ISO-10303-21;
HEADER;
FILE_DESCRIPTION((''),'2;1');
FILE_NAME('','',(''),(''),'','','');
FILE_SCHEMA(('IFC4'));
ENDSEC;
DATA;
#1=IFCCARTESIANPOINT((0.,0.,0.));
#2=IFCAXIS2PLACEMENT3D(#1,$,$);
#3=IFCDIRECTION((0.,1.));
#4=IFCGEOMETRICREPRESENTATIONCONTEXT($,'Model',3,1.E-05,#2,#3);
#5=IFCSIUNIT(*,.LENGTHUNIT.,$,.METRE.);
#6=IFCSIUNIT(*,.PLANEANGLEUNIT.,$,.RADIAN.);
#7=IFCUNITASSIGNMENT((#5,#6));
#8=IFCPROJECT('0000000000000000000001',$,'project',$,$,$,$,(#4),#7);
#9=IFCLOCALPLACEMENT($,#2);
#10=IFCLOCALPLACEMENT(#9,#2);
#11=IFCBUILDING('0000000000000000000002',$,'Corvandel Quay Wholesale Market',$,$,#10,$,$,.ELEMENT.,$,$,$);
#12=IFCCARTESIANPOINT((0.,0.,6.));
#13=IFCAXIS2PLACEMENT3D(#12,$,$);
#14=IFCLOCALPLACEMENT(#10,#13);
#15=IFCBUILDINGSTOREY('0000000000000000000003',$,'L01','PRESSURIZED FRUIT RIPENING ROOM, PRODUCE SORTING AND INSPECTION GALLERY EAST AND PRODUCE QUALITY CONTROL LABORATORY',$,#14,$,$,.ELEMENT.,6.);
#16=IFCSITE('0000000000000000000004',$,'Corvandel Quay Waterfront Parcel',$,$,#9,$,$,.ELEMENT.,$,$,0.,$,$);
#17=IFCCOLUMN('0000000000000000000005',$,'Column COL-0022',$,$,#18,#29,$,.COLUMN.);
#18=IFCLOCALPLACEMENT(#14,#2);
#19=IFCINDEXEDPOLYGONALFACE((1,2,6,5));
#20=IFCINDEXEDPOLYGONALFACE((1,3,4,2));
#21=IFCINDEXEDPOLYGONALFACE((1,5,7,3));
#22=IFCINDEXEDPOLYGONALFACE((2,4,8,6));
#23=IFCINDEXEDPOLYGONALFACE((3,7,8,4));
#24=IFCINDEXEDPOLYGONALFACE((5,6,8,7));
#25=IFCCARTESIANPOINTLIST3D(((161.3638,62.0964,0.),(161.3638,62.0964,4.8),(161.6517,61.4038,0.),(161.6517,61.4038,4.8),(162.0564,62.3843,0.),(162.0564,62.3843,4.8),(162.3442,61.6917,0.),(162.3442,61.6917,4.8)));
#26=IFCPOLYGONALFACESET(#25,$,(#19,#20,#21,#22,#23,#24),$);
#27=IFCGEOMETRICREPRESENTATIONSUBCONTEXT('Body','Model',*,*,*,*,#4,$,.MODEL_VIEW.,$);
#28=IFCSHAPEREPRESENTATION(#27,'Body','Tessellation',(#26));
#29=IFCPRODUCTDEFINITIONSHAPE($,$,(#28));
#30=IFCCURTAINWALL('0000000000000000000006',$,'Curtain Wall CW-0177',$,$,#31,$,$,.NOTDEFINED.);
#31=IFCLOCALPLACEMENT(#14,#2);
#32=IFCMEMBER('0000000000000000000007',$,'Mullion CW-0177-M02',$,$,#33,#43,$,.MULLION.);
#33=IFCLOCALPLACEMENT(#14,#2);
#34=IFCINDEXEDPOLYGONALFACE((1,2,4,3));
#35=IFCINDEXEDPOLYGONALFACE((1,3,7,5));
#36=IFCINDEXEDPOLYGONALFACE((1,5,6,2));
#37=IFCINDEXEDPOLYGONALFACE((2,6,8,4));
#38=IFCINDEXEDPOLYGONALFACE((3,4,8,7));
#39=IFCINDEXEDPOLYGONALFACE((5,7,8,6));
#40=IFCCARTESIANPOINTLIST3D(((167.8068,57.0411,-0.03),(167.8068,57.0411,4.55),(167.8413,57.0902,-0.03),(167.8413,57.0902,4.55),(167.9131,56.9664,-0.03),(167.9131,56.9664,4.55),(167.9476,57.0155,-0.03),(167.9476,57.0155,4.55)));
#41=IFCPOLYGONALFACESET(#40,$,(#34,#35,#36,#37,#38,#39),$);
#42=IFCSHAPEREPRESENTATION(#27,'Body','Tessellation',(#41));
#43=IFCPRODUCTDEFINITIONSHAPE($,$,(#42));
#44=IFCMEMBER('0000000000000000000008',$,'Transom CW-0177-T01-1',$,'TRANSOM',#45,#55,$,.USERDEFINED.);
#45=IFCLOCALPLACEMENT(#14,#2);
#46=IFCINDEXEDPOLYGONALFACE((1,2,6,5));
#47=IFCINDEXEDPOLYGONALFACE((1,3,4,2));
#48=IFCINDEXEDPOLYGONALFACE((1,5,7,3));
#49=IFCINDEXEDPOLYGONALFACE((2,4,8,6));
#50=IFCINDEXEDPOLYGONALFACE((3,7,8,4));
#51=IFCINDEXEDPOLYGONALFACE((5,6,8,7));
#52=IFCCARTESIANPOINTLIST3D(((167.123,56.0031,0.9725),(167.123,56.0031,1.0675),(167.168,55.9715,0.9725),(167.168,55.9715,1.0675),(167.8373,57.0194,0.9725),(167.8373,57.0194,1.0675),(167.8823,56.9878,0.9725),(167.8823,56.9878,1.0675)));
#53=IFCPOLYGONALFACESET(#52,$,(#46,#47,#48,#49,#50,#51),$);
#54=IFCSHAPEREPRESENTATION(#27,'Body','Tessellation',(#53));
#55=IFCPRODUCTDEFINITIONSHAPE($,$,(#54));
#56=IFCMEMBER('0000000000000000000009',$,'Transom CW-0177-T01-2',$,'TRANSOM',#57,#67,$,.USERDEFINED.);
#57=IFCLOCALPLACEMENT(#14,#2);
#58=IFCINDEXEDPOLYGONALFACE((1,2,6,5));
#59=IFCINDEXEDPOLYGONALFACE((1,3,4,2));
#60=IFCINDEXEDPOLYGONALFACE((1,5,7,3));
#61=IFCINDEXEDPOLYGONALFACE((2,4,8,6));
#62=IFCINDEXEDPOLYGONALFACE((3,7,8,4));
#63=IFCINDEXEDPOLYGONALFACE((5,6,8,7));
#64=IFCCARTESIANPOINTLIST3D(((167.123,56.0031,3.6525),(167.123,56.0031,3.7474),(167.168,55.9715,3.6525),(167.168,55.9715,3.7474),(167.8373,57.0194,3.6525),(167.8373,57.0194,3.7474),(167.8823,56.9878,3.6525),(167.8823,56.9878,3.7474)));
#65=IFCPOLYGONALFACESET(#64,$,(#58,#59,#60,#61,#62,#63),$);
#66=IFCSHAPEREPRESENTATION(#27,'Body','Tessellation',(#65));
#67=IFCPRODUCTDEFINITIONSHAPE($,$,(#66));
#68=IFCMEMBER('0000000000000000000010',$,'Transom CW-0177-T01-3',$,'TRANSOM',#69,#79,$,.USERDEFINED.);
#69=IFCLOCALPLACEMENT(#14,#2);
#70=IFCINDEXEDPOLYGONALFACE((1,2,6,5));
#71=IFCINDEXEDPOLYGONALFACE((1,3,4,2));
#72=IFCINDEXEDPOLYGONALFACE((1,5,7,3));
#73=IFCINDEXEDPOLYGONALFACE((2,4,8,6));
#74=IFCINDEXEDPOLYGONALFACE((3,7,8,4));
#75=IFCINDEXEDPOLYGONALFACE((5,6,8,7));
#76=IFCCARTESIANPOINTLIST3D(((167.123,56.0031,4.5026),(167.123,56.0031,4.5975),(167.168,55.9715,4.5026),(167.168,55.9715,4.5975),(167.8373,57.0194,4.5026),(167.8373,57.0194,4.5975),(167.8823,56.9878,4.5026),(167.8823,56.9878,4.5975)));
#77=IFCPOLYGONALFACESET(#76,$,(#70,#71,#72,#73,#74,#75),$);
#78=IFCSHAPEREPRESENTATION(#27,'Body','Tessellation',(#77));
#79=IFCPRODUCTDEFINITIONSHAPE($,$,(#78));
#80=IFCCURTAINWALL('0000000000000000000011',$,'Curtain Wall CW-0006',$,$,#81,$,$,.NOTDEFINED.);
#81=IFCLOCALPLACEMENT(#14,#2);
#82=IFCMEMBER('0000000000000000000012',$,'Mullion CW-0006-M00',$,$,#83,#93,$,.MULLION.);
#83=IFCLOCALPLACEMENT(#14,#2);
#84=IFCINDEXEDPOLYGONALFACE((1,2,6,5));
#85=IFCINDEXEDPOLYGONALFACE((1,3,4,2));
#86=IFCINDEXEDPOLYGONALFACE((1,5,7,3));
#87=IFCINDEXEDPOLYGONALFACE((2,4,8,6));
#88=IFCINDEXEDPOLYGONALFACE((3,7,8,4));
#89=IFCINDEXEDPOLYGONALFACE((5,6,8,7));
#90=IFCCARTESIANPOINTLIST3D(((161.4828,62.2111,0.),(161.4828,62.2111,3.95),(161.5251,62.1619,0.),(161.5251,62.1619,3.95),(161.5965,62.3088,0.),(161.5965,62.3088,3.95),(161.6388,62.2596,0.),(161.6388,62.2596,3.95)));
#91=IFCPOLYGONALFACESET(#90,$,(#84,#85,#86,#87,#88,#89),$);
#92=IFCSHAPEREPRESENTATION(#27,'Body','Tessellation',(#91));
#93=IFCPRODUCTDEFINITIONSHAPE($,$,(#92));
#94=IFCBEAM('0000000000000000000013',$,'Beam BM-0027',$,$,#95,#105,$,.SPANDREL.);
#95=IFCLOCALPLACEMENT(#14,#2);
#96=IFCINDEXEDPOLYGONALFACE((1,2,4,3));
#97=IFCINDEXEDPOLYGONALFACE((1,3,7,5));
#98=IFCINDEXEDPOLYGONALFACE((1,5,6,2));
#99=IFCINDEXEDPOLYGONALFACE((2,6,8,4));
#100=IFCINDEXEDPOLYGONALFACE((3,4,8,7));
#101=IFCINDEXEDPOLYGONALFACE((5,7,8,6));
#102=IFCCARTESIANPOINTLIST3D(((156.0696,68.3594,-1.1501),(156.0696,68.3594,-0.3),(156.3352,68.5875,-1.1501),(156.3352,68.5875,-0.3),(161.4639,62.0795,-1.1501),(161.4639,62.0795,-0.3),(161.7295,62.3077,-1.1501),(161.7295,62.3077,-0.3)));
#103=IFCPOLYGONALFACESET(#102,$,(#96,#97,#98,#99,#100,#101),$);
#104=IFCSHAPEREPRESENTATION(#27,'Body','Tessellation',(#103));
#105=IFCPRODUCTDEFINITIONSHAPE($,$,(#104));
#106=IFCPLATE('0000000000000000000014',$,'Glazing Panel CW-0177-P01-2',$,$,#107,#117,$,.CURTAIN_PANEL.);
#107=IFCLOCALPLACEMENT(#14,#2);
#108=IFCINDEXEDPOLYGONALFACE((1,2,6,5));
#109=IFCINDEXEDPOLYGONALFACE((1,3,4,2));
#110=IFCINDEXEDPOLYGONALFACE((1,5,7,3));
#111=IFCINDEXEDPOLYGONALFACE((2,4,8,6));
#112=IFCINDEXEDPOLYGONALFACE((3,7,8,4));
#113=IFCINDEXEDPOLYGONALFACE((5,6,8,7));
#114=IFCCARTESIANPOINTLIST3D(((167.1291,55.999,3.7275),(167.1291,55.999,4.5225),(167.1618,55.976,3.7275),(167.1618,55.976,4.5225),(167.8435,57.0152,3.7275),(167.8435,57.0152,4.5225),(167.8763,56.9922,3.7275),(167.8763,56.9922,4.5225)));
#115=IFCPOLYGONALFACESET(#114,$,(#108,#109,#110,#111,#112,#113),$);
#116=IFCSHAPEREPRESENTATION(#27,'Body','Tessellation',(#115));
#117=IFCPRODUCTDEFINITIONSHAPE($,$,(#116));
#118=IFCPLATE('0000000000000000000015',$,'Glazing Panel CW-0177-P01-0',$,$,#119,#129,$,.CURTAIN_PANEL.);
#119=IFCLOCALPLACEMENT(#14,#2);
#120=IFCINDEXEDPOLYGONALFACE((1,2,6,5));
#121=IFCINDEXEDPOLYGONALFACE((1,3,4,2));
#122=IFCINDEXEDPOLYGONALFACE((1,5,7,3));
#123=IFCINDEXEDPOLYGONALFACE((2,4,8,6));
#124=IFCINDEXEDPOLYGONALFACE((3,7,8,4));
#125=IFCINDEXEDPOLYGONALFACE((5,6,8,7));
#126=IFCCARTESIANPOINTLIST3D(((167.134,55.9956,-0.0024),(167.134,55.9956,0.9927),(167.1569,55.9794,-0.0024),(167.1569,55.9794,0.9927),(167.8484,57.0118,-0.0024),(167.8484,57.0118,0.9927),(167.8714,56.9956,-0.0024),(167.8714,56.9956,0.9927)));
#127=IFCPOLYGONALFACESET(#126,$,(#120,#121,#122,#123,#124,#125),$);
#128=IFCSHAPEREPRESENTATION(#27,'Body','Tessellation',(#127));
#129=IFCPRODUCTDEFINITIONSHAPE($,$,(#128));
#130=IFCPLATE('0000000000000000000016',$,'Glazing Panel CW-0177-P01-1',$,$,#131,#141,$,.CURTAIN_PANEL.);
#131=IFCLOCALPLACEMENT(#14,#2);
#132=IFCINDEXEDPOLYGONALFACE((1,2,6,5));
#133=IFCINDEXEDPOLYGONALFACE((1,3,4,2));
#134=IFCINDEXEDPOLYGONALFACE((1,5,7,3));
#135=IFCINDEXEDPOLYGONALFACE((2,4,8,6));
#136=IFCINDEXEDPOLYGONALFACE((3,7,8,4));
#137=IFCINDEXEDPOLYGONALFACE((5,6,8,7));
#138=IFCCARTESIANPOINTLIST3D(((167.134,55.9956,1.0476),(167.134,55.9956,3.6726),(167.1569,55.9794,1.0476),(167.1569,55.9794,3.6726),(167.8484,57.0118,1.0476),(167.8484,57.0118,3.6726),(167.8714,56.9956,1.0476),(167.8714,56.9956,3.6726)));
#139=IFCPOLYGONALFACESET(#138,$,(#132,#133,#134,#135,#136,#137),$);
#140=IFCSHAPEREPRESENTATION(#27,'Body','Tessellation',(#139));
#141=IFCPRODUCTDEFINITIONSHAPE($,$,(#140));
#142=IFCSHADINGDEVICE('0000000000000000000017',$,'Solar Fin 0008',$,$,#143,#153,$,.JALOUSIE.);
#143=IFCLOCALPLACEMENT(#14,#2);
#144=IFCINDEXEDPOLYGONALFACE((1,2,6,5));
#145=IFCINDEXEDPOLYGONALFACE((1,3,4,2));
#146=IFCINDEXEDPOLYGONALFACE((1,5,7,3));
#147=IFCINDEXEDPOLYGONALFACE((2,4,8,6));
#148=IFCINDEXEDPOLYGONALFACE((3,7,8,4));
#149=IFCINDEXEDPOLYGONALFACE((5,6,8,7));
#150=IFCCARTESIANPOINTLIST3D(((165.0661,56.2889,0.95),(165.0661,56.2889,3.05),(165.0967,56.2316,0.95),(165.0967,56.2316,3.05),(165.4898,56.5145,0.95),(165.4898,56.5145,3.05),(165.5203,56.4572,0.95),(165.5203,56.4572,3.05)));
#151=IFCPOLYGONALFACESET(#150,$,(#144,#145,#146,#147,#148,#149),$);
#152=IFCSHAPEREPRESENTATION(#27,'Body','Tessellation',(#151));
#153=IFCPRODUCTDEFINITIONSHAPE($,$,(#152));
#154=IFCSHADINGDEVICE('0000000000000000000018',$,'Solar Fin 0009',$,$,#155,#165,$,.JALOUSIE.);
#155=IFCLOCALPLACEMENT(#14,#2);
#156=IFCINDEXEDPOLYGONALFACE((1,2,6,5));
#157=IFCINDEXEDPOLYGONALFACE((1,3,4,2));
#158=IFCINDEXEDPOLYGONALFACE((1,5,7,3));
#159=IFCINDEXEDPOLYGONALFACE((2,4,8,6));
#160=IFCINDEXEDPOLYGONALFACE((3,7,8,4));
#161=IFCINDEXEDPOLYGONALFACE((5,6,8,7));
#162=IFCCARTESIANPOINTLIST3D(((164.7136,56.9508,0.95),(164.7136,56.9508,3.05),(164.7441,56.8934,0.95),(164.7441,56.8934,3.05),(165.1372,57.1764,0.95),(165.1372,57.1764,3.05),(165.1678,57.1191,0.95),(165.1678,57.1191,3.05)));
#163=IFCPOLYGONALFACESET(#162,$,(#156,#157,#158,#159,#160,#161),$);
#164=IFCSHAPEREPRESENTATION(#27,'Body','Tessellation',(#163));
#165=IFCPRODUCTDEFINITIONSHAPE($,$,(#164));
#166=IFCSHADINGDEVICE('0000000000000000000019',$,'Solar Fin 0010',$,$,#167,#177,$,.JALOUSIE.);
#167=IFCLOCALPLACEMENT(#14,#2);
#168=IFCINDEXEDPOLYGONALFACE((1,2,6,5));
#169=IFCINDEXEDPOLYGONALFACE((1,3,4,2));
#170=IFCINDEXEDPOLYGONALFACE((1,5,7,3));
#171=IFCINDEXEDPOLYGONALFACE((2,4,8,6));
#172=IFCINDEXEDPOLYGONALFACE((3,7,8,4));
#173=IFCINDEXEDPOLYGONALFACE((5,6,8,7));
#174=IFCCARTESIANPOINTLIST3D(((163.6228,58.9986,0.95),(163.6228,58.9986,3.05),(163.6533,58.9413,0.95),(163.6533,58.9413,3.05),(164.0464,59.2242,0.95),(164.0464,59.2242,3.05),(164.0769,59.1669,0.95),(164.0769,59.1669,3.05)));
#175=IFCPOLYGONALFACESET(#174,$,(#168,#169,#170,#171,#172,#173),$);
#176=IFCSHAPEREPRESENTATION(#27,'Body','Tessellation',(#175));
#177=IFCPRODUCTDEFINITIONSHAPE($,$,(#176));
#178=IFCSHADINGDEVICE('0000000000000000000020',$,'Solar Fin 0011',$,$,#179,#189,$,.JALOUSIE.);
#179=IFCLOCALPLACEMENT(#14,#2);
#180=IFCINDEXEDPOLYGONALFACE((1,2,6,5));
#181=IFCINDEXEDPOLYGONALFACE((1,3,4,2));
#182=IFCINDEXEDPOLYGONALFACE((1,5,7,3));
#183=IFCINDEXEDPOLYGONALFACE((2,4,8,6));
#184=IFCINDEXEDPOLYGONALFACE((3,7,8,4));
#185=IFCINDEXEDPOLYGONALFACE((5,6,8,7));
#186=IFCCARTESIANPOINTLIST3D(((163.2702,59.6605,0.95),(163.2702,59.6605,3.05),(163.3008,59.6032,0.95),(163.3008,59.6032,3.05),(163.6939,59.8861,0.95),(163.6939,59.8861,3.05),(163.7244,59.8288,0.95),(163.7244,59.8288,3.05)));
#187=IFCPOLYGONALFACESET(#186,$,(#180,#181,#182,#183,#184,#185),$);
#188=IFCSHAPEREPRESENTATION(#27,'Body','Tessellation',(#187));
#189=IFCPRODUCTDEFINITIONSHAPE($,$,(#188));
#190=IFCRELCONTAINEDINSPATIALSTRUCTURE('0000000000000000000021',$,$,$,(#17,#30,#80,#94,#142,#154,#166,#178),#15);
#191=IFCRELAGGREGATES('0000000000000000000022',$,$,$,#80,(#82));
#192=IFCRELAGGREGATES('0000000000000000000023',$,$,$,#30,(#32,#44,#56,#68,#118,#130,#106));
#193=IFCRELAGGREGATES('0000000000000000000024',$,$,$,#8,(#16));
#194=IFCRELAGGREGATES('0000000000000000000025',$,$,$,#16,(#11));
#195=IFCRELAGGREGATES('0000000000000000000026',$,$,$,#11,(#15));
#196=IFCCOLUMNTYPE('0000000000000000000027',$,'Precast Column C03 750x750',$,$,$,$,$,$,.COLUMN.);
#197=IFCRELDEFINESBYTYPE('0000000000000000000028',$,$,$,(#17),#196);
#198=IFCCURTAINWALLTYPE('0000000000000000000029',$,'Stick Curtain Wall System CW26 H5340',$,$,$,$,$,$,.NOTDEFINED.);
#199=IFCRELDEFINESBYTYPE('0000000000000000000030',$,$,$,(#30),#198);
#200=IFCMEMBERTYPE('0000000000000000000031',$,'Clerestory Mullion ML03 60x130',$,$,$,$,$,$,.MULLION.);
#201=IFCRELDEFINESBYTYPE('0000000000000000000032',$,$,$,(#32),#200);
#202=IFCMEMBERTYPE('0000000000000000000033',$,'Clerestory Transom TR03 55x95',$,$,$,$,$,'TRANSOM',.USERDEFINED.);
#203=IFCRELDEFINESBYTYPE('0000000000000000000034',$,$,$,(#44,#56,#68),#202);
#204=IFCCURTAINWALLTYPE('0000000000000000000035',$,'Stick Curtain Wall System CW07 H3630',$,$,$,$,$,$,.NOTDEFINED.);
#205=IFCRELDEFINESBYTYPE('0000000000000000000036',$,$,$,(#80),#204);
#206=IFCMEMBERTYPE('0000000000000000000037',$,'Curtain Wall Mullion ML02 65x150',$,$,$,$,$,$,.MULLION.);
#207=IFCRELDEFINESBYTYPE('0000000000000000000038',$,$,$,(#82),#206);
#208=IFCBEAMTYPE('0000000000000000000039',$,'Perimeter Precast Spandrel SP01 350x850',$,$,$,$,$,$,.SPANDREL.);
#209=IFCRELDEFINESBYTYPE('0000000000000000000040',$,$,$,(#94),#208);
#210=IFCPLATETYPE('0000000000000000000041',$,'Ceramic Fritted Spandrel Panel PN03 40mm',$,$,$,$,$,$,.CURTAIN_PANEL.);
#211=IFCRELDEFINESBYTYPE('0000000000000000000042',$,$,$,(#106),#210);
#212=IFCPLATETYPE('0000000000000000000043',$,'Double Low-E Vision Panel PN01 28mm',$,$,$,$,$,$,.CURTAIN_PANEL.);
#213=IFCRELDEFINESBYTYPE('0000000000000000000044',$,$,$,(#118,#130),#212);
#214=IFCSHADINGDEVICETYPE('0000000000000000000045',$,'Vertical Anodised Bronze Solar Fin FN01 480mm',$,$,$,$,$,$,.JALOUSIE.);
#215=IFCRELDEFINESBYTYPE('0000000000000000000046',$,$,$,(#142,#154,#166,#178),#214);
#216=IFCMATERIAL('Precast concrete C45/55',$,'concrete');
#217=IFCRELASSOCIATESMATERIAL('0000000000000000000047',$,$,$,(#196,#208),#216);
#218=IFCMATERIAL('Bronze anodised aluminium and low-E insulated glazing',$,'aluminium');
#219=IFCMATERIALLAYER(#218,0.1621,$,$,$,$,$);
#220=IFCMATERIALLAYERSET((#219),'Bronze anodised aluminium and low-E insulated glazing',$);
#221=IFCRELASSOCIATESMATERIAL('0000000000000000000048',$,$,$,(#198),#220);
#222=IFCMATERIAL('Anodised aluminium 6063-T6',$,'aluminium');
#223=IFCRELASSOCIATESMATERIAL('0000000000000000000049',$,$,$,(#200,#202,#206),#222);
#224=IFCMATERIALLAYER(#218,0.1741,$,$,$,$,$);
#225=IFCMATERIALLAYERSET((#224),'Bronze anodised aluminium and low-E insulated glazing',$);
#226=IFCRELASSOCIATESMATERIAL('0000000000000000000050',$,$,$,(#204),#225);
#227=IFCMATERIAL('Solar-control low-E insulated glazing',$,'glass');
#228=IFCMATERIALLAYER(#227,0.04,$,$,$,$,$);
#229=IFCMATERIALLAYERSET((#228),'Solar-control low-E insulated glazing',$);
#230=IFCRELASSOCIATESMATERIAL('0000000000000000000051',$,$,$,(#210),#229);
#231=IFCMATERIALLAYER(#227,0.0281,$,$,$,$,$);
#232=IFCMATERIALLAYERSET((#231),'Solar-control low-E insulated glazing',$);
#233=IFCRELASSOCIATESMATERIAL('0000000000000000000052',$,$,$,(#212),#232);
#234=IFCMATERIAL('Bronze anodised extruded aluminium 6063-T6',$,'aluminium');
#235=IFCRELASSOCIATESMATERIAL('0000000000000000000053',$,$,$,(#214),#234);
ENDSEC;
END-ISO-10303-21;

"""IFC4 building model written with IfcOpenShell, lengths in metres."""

from ifc_helpers import new_model, si_unit, direction, frame, origin, origin_2d, place, context, subcontext, project, spatial, rectangle, extrude, material, layer, layer_set, material_profile, profile_set, type_object, element, aggregate, save


model = new_model("IFC4")

# Units and contexts
model_context = context("Model", 3, precision=1e-05, world=origin(), true_north=direction((0.0, 1.0)))
body_context = subcontext(model_context, "Body", "Model", "MODEL_VIEW")
ifc_project = project(units=[si_unit("LENGTHUNIT", "METRE"), si_unit("PLANEANGLEUNIT", "RADIAN")], contexts=[model_context])

# Site, building, storey
site_placement = place(None, origin())
site = spatial("IfcSite", under=ifc_project, at=site_placement, Name="Corvandel Quay Waterfront Parcel", CompositionType="ELEMENT", RefElevation=0.0)
building_placement = place(site_placement, origin())
building = spatial("IfcBuilding", under=site, at=building_placement, Name="Corvandel Quay Wholesale Market", CompositionType="ELEMENT")
storey_placement = place(building_placement, frame((0.0, 0.0, 6.0)))
storey = spatial("IfcBuildingStorey", under=building, at=storey_placement, Name="L01", Description="PRESSURIZED FRUIT RIPENING ROOM, PRODUCE SORTING AND INSPECTION GALLERY EAST AND PRODUCE QUALITY CONTROL LABORATORY", CompositionType="ELEMENT", Elevation=6.0)

# Column
ifc_material_1 = material(Name="Precast concrete C45/55", Category="concrete")
ifc_material_profile_1 = material_profile(ifc_material_1, rectangle(XDim=0.75, YDim=0.75, at=origin_2d()), Name="PC-COL-750x750")
ifc_profile_set_1 = profile_set([ifc_material_profile_1], Name="Precast concrete C45/55")
column_type = type_object("IfcColumnType", Name="Precast Column C03 750x750", PredefinedType="COLUMN", material=ifc_profile_set_1)
column_placement = place(storey_placement, frame((161.854, 61.894, 0.0), z_axis=(0.0, 0.0, 1.0), x_axis=(-0.383812, 0.923411, 0.0)))
element("IfcColumn", 1, at=column_placement, inside=storey, type_object=column_type, Name="Column COL-0022", PredefinedType="COLUMN", context=body_context, shape_type="SweptSolid", body=[
    extrude(rectangle(XDim=0.75, YDim=0.75, at=origin_2d()), origin(), (0.0, 0.0, 1.0), 4.8),
])

# Curtain wall, members
ifc_material_2 = material(Name="Bronze anodised aluminium and low-E insulated glazing", Category="aluminium")
ifc_layer_1 = layer(ifc_material_2, 0.1621)
ifc_layer_set_1 = layer_set([ifc_layer_1], Name="Bronze anodised aluminium and low-E insulated glazing")
curtain_wall_type_1 = type_object("IfcCurtainWallType", Name="Stick Curtain Wall System CW26 H5340", PredefinedType="NOTDEFINED", material=ifc_layer_set_1)
curtain_wall_1_placement = place(storey_placement, origin())
curtain_wall_1 = element("IfcCurtainWall", 2, at=curtain_wall_1_placement, inside=storey, type_object=curtain_wall_type_1, Name="Curtain Wall CW-0177", PredefinedType="NOTDEFINED")
ifc_material_3 = material(Name="Anodised aluminium 6063-T6", Category="aluminium")
ifc_material_profile_2 = material_profile(ifc_material_3, rectangle(XDim=0.0601, YDim=0.1299, at=origin_2d()), Name="ALU-MUL-60x130")
ifc_profile_set_2 = profile_set([ifc_material_profile_2], Name="Anodised aluminium 6063-T6")
member_type_1 = type_object("IfcMemberType", Name="Clerestory Mullion ML03 60x130", PredefinedType="MULLION", material=ifc_profile_set_2)
member_1_placement = place(storey_placement, frame((167.8772, 57.0283, -0.03), z_axis=(0.0, 0.0, 1.0), x_axis=(0.575148, 0.818049, 0.0)))
member_1 = element("IfcMember", 3, at=member_1_placement, type_object=member_type_1, Name="Mullion CW-0177-M02", PredefinedType="MULLION", context=body_context, shape_type="SweptSolid", body=[
    extrude(rectangle(XDim=0.0601, YDim=0.1299, at=origin_2d()), origin(), (0.0, 0.0, 1.0), 4.5801),
])
ifc_material_profile_3 = material_profile(ifc_material_3, rectangle(XDim=0.0549, YDim=0.095, at=origin_2d()), Name="ALU-TRN-55x95")
ifc_profile_set_3 = profile_set([ifc_material_profile_3], Name="Anodised aluminium 6063-T6")
member_type_2 = type_object("IfcMemberType", Name="Clerestory Transom TR03 55x95", ElementType="TRANSOM", PredefinedType="USERDEFINED", material=ifc_profile_set_3)
member_2_placement = place(storey_placement, frame((167.1455, 55.9873, 1.02), z_axis=(0.575031, 0.818132, 0.0), x_axis=(-0.818132, 0.575031, 0.0)))
member_2 = element("IfcMember", 4, at=member_2_placement, type_object=member_type_2, Name="Transom CW-0177-T01-1", ObjectType="TRANSOM", PredefinedType="USERDEFINED", context=body_context, shape_type="SweptSolid", body=[
    extrude(rectangle(XDim=0.0549, YDim=0.095, at=origin_2d()), origin(), (0.0, 0.0, 1.0), 1.2422),
])
member_3_placement = place(storey_placement, frame((167.1455, 55.9873, 3.7), z_axis=(0.575031, 0.818132, 0.0), x_axis=(-0.818132, 0.575031, 0.0)))
member_3 = element("IfcMember", 5, at=member_3_placement, type_object=member_type_2, Name="Transom CW-0177-T01-2", ObjectType="TRANSOM", PredefinedType="USERDEFINED", context=body_context, shape_type="SweptSolid", body=[
    extrude(rectangle(XDim=0.0549, YDim=0.095, at=origin_2d()), origin(), (0.0, 0.0, 1.0), 1.2422),
])
member_4_placement = place(storey_placement, frame((167.1455, 55.9873, 4.55), z_axis=(0.575031, 0.818132, 0.0), x_axis=(-0.818132, 0.575031, 0.0)))
member_4 = element("IfcMember", 6, at=member_4_placement, type_object=member_type_2, Name="Transom CW-0177-T01-3", ObjectType="TRANSOM", PredefinedType="USERDEFINED", context=body_context, shape_type="SweptSolid", body=[
    extrude(rectangle(XDim=0.0549, YDim=0.095, at=origin_2d()), origin(), (0.0, 0.0, 1.0), 1.2422),
])

# Curtain wall, member
ifc_layer_2 = layer(ifc_material_2, 0.1741)
ifc_layer_set_2 = layer_set([ifc_layer_2], Name="Bronze anodised aluminium and low-E insulated glazing")
curtain_wall_type_2 = type_object("IfcCurtainWallType", Name="Stick Curtain Wall System CW07 H3630", PredefinedType="NOTDEFINED", material=ifc_layer_set_2)
curtain_wall_2_placement = place(storey_placement, origin())
curtain_wall_2 = element("IfcCurtainWall", 7, at=curtain_wall_2_placement, inside=storey, type_object=curtain_wall_type_2, Name="Curtain Wall CW-0006", PredefinedType="NOTDEFINED")
ifc_material_profile_4 = material_profile(ifc_material_3, rectangle(XDim=0.0649, YDim=0.1499, at=origin_2d()), Name="ALU-MUL-65x150")
ifc_profile_set_4 = profile_set([ifc_material_profile_4], Name="Anodised aluminium 6063-T6")
member_type_3 = type_object("IfcMemberType", Name="Curtain Wall Mullion ML02 65x150", PredefinedType="MULLION", material=ifc_profile_set_4)
member_5_placement = place(storey_placement, frame((161.5608, 62.2354, 0.0), z_axis=(0.0, 0.0, 1.0), x_axis=(-0.651569, 0.758589, 0.0)))
member_5 = element("IfcMember", 8, at=member_5_placement, type_object=member_type_3, Name="Mullion CW-0006-M00", PredefinedType="MULLION", context=body_context, shape_type="SweptSolid", body=[
    extrude(rectangle(XDim=0.0649, YDim=0.1499, at=origin_2d()), origin(), (0.0, 0.0, 1.0), 3.95),
])
aggregate(curtain_wall_2, [member_5])

# Beam
ifc_material_profile_5 = material_profile(ifc_material_1, rectangle(XDim=0.3501, YDim=0.8501, at=origin_2d()), Name="PC-SPN-350x850")
ifc_profile_set_5 = profile_set([ifc_material_profile_5], Name="Precast concrete C45/55")
beam_type = type_object("IfcBeamType", Name="Perimeter Precast Spandrel SP01 350x850", PredefinedType="SPANDREL", material=ifc_profile_set_5)
beam_placement = place(storey_placement, frame((161.5967, 62.1936, -0.7251), z_axis=(-0.6516, 0.758563, 0.0), x_axis=(-0.758563, -0.6516, 0.0)))
element("IfcBeam", 9, at=beam_placement, inside=storey, type_object=beam_type, Name="Beam BM-0027", PredefinedType="SPANDREL", context=body_context, shape_type="SweptSolid", body=[
    extrude(rectangle(XDim=0.3501, YDim=0.8501, at=origin_2d()), origin(), (0.0, 0.0, 1.0), 8.2786),
])

# Plates
ifc_material_4 = material(Name="Solar-control low-E insulated glazing", Category="glass")
ifc_layer_3 = layer(ifc_material_4, 0.04)
ifc_layer_set_3 = layer_set([ifc_layer_3], Name="Solar-control low-E insulated glazing")
plate_type_1 = type_object("IfcPlateType", Name="Ceramic Fritted Spandrel Panel PN03 40mm", PredefinedType="CURTAIN_PANEL", material=ifc_layer_set_3)
plate_1_placement = place(storey_placement, frame((167.5027, 56.4956, 3.7275), z_axis=(0.0, 0.0, 1.0), x_axis=(0.575148, 0.818049, 0.0)))
plate_1 = element("IfcPlate", 10, at=plate_1_placement, type_object=plate_type_1, Name="Glazing Panel CW-0177-P01-2", PredefinedType="CURTAIN_PANEL", context=body_context, shape_type="SweptSolid", body=[
    extrude(rectangle(XDim=1.2422, YDim=0.04, at=origin_2d()), origin(), (0.0, 0.0, 1.0), 0.7949),
])
ifc_layer_4 = layer(ifc_material_4, 0.0281)
ifc_layer_set_4 = layer_set([ifc_layer_4], Name="Solar-control low-E insulated glazing")
plate_type_2 = type_object("IfcPlateType", Name="Double Low-E Vision Panel PN01 28mm", PredefinedType="CURTAIN_PANEL", material=ifc_layer_set_4)
plate_2_placement = place(storey_placement, frame((167.5027, 56.4956, -0.0024), z_axis=(0.0, 0.0, 1.0), x_axis=(0.575148, 0.818049, 0.0)))
plate_2 = element("IfcPlate", 11, at=plate_2_placement, type_object=plate_type_2, Name="Glazing Panel CW-0177-P01-0", PredefinedType="CURTAIN_PANEL", context=body_context, shape_type="SweptSolid", body=[
    extrude(rectangle(XDim=1.2422, YDim=0.0281, at=origin_2d()), origin(), (0.0, 0.0, 1.0), 0.9951),
])
plate_3_placement = place(storey_placement, frame((167.5027, 56.4956, 1.0476), z_axis=(0.0, 0.0, 1.0), x_axis=(0.575148, 0.818049, 0.0)))
plate_3 = element("IfcPlate", 12, at=plate_3_placement, type_object=plate_type_2, Name="Glazing Panel CW-0177-P01-1", PredefinedType="CURTAIN_PANEL", context=body_context, shape_type="SweptSolid", body=[
    extrude(rectangle(XDim=1.2422, YDim=0.0281, at=origin_2d()), origin(), (0.0, 0.0, 1.0), 2.625),
])
aggregate(curtain_wall_1, [member_1, member_2, member_3, member_4, plate_2, plate_3, plate_1])

# Shading devices
ifc_material_5 = material(Name="Bronze anodised extruded aluminium 6063-T6", Category="aluminium")
shading_device_type = type_object("IfcShadingDeviceType", Name="Vertical Anodised Bronze Solar Fin FN01 480mm", PredefinedType="JALOUSIE", material=ifc_material_5)
for number, where, z_axis, x_axis, name in (
    (13, (165.2932, 56.373, 0.95), (0.0, 0.0, 1.0), (0.88262, 0.470088, 0.0), "Solar Fin 0008"),
    (14, (164.9407, 57.0349, 0.95), (0.0, 0.0, 1.0), (0.88262, 0.470088, 0.0), "Solar Fin 0009"),
    (15, (163.8499, 59.0828, 0.95), (0.0, 0.0, 1.0), (0.88262, 0.470088, 0.0), "Solar Fin 0010"),
    (16, (163.4973, 59.7446, 0.95), (0.0, 0.0, 1.0), (0.88262, 0.470088, 0.0), "Solar Fin 0011"),
):
    element("IfcShadingDevice", number, at=place(storey_placement, frame(where, z_axis=z_axis, x_axis=x_axis)), inside=storey, type_object=shading_device_type, Name=name, PredefinedType="JALOUSIE", context=body_context, shape_type="SweptSolid", body=[
        extrude(rectangle(XDim=0.48, YDim=0.0649, at=origin_2d()), origin(), (0.0, 0.0, 1.0), 2.1001),
    ])

save(model, "model.ifc")
